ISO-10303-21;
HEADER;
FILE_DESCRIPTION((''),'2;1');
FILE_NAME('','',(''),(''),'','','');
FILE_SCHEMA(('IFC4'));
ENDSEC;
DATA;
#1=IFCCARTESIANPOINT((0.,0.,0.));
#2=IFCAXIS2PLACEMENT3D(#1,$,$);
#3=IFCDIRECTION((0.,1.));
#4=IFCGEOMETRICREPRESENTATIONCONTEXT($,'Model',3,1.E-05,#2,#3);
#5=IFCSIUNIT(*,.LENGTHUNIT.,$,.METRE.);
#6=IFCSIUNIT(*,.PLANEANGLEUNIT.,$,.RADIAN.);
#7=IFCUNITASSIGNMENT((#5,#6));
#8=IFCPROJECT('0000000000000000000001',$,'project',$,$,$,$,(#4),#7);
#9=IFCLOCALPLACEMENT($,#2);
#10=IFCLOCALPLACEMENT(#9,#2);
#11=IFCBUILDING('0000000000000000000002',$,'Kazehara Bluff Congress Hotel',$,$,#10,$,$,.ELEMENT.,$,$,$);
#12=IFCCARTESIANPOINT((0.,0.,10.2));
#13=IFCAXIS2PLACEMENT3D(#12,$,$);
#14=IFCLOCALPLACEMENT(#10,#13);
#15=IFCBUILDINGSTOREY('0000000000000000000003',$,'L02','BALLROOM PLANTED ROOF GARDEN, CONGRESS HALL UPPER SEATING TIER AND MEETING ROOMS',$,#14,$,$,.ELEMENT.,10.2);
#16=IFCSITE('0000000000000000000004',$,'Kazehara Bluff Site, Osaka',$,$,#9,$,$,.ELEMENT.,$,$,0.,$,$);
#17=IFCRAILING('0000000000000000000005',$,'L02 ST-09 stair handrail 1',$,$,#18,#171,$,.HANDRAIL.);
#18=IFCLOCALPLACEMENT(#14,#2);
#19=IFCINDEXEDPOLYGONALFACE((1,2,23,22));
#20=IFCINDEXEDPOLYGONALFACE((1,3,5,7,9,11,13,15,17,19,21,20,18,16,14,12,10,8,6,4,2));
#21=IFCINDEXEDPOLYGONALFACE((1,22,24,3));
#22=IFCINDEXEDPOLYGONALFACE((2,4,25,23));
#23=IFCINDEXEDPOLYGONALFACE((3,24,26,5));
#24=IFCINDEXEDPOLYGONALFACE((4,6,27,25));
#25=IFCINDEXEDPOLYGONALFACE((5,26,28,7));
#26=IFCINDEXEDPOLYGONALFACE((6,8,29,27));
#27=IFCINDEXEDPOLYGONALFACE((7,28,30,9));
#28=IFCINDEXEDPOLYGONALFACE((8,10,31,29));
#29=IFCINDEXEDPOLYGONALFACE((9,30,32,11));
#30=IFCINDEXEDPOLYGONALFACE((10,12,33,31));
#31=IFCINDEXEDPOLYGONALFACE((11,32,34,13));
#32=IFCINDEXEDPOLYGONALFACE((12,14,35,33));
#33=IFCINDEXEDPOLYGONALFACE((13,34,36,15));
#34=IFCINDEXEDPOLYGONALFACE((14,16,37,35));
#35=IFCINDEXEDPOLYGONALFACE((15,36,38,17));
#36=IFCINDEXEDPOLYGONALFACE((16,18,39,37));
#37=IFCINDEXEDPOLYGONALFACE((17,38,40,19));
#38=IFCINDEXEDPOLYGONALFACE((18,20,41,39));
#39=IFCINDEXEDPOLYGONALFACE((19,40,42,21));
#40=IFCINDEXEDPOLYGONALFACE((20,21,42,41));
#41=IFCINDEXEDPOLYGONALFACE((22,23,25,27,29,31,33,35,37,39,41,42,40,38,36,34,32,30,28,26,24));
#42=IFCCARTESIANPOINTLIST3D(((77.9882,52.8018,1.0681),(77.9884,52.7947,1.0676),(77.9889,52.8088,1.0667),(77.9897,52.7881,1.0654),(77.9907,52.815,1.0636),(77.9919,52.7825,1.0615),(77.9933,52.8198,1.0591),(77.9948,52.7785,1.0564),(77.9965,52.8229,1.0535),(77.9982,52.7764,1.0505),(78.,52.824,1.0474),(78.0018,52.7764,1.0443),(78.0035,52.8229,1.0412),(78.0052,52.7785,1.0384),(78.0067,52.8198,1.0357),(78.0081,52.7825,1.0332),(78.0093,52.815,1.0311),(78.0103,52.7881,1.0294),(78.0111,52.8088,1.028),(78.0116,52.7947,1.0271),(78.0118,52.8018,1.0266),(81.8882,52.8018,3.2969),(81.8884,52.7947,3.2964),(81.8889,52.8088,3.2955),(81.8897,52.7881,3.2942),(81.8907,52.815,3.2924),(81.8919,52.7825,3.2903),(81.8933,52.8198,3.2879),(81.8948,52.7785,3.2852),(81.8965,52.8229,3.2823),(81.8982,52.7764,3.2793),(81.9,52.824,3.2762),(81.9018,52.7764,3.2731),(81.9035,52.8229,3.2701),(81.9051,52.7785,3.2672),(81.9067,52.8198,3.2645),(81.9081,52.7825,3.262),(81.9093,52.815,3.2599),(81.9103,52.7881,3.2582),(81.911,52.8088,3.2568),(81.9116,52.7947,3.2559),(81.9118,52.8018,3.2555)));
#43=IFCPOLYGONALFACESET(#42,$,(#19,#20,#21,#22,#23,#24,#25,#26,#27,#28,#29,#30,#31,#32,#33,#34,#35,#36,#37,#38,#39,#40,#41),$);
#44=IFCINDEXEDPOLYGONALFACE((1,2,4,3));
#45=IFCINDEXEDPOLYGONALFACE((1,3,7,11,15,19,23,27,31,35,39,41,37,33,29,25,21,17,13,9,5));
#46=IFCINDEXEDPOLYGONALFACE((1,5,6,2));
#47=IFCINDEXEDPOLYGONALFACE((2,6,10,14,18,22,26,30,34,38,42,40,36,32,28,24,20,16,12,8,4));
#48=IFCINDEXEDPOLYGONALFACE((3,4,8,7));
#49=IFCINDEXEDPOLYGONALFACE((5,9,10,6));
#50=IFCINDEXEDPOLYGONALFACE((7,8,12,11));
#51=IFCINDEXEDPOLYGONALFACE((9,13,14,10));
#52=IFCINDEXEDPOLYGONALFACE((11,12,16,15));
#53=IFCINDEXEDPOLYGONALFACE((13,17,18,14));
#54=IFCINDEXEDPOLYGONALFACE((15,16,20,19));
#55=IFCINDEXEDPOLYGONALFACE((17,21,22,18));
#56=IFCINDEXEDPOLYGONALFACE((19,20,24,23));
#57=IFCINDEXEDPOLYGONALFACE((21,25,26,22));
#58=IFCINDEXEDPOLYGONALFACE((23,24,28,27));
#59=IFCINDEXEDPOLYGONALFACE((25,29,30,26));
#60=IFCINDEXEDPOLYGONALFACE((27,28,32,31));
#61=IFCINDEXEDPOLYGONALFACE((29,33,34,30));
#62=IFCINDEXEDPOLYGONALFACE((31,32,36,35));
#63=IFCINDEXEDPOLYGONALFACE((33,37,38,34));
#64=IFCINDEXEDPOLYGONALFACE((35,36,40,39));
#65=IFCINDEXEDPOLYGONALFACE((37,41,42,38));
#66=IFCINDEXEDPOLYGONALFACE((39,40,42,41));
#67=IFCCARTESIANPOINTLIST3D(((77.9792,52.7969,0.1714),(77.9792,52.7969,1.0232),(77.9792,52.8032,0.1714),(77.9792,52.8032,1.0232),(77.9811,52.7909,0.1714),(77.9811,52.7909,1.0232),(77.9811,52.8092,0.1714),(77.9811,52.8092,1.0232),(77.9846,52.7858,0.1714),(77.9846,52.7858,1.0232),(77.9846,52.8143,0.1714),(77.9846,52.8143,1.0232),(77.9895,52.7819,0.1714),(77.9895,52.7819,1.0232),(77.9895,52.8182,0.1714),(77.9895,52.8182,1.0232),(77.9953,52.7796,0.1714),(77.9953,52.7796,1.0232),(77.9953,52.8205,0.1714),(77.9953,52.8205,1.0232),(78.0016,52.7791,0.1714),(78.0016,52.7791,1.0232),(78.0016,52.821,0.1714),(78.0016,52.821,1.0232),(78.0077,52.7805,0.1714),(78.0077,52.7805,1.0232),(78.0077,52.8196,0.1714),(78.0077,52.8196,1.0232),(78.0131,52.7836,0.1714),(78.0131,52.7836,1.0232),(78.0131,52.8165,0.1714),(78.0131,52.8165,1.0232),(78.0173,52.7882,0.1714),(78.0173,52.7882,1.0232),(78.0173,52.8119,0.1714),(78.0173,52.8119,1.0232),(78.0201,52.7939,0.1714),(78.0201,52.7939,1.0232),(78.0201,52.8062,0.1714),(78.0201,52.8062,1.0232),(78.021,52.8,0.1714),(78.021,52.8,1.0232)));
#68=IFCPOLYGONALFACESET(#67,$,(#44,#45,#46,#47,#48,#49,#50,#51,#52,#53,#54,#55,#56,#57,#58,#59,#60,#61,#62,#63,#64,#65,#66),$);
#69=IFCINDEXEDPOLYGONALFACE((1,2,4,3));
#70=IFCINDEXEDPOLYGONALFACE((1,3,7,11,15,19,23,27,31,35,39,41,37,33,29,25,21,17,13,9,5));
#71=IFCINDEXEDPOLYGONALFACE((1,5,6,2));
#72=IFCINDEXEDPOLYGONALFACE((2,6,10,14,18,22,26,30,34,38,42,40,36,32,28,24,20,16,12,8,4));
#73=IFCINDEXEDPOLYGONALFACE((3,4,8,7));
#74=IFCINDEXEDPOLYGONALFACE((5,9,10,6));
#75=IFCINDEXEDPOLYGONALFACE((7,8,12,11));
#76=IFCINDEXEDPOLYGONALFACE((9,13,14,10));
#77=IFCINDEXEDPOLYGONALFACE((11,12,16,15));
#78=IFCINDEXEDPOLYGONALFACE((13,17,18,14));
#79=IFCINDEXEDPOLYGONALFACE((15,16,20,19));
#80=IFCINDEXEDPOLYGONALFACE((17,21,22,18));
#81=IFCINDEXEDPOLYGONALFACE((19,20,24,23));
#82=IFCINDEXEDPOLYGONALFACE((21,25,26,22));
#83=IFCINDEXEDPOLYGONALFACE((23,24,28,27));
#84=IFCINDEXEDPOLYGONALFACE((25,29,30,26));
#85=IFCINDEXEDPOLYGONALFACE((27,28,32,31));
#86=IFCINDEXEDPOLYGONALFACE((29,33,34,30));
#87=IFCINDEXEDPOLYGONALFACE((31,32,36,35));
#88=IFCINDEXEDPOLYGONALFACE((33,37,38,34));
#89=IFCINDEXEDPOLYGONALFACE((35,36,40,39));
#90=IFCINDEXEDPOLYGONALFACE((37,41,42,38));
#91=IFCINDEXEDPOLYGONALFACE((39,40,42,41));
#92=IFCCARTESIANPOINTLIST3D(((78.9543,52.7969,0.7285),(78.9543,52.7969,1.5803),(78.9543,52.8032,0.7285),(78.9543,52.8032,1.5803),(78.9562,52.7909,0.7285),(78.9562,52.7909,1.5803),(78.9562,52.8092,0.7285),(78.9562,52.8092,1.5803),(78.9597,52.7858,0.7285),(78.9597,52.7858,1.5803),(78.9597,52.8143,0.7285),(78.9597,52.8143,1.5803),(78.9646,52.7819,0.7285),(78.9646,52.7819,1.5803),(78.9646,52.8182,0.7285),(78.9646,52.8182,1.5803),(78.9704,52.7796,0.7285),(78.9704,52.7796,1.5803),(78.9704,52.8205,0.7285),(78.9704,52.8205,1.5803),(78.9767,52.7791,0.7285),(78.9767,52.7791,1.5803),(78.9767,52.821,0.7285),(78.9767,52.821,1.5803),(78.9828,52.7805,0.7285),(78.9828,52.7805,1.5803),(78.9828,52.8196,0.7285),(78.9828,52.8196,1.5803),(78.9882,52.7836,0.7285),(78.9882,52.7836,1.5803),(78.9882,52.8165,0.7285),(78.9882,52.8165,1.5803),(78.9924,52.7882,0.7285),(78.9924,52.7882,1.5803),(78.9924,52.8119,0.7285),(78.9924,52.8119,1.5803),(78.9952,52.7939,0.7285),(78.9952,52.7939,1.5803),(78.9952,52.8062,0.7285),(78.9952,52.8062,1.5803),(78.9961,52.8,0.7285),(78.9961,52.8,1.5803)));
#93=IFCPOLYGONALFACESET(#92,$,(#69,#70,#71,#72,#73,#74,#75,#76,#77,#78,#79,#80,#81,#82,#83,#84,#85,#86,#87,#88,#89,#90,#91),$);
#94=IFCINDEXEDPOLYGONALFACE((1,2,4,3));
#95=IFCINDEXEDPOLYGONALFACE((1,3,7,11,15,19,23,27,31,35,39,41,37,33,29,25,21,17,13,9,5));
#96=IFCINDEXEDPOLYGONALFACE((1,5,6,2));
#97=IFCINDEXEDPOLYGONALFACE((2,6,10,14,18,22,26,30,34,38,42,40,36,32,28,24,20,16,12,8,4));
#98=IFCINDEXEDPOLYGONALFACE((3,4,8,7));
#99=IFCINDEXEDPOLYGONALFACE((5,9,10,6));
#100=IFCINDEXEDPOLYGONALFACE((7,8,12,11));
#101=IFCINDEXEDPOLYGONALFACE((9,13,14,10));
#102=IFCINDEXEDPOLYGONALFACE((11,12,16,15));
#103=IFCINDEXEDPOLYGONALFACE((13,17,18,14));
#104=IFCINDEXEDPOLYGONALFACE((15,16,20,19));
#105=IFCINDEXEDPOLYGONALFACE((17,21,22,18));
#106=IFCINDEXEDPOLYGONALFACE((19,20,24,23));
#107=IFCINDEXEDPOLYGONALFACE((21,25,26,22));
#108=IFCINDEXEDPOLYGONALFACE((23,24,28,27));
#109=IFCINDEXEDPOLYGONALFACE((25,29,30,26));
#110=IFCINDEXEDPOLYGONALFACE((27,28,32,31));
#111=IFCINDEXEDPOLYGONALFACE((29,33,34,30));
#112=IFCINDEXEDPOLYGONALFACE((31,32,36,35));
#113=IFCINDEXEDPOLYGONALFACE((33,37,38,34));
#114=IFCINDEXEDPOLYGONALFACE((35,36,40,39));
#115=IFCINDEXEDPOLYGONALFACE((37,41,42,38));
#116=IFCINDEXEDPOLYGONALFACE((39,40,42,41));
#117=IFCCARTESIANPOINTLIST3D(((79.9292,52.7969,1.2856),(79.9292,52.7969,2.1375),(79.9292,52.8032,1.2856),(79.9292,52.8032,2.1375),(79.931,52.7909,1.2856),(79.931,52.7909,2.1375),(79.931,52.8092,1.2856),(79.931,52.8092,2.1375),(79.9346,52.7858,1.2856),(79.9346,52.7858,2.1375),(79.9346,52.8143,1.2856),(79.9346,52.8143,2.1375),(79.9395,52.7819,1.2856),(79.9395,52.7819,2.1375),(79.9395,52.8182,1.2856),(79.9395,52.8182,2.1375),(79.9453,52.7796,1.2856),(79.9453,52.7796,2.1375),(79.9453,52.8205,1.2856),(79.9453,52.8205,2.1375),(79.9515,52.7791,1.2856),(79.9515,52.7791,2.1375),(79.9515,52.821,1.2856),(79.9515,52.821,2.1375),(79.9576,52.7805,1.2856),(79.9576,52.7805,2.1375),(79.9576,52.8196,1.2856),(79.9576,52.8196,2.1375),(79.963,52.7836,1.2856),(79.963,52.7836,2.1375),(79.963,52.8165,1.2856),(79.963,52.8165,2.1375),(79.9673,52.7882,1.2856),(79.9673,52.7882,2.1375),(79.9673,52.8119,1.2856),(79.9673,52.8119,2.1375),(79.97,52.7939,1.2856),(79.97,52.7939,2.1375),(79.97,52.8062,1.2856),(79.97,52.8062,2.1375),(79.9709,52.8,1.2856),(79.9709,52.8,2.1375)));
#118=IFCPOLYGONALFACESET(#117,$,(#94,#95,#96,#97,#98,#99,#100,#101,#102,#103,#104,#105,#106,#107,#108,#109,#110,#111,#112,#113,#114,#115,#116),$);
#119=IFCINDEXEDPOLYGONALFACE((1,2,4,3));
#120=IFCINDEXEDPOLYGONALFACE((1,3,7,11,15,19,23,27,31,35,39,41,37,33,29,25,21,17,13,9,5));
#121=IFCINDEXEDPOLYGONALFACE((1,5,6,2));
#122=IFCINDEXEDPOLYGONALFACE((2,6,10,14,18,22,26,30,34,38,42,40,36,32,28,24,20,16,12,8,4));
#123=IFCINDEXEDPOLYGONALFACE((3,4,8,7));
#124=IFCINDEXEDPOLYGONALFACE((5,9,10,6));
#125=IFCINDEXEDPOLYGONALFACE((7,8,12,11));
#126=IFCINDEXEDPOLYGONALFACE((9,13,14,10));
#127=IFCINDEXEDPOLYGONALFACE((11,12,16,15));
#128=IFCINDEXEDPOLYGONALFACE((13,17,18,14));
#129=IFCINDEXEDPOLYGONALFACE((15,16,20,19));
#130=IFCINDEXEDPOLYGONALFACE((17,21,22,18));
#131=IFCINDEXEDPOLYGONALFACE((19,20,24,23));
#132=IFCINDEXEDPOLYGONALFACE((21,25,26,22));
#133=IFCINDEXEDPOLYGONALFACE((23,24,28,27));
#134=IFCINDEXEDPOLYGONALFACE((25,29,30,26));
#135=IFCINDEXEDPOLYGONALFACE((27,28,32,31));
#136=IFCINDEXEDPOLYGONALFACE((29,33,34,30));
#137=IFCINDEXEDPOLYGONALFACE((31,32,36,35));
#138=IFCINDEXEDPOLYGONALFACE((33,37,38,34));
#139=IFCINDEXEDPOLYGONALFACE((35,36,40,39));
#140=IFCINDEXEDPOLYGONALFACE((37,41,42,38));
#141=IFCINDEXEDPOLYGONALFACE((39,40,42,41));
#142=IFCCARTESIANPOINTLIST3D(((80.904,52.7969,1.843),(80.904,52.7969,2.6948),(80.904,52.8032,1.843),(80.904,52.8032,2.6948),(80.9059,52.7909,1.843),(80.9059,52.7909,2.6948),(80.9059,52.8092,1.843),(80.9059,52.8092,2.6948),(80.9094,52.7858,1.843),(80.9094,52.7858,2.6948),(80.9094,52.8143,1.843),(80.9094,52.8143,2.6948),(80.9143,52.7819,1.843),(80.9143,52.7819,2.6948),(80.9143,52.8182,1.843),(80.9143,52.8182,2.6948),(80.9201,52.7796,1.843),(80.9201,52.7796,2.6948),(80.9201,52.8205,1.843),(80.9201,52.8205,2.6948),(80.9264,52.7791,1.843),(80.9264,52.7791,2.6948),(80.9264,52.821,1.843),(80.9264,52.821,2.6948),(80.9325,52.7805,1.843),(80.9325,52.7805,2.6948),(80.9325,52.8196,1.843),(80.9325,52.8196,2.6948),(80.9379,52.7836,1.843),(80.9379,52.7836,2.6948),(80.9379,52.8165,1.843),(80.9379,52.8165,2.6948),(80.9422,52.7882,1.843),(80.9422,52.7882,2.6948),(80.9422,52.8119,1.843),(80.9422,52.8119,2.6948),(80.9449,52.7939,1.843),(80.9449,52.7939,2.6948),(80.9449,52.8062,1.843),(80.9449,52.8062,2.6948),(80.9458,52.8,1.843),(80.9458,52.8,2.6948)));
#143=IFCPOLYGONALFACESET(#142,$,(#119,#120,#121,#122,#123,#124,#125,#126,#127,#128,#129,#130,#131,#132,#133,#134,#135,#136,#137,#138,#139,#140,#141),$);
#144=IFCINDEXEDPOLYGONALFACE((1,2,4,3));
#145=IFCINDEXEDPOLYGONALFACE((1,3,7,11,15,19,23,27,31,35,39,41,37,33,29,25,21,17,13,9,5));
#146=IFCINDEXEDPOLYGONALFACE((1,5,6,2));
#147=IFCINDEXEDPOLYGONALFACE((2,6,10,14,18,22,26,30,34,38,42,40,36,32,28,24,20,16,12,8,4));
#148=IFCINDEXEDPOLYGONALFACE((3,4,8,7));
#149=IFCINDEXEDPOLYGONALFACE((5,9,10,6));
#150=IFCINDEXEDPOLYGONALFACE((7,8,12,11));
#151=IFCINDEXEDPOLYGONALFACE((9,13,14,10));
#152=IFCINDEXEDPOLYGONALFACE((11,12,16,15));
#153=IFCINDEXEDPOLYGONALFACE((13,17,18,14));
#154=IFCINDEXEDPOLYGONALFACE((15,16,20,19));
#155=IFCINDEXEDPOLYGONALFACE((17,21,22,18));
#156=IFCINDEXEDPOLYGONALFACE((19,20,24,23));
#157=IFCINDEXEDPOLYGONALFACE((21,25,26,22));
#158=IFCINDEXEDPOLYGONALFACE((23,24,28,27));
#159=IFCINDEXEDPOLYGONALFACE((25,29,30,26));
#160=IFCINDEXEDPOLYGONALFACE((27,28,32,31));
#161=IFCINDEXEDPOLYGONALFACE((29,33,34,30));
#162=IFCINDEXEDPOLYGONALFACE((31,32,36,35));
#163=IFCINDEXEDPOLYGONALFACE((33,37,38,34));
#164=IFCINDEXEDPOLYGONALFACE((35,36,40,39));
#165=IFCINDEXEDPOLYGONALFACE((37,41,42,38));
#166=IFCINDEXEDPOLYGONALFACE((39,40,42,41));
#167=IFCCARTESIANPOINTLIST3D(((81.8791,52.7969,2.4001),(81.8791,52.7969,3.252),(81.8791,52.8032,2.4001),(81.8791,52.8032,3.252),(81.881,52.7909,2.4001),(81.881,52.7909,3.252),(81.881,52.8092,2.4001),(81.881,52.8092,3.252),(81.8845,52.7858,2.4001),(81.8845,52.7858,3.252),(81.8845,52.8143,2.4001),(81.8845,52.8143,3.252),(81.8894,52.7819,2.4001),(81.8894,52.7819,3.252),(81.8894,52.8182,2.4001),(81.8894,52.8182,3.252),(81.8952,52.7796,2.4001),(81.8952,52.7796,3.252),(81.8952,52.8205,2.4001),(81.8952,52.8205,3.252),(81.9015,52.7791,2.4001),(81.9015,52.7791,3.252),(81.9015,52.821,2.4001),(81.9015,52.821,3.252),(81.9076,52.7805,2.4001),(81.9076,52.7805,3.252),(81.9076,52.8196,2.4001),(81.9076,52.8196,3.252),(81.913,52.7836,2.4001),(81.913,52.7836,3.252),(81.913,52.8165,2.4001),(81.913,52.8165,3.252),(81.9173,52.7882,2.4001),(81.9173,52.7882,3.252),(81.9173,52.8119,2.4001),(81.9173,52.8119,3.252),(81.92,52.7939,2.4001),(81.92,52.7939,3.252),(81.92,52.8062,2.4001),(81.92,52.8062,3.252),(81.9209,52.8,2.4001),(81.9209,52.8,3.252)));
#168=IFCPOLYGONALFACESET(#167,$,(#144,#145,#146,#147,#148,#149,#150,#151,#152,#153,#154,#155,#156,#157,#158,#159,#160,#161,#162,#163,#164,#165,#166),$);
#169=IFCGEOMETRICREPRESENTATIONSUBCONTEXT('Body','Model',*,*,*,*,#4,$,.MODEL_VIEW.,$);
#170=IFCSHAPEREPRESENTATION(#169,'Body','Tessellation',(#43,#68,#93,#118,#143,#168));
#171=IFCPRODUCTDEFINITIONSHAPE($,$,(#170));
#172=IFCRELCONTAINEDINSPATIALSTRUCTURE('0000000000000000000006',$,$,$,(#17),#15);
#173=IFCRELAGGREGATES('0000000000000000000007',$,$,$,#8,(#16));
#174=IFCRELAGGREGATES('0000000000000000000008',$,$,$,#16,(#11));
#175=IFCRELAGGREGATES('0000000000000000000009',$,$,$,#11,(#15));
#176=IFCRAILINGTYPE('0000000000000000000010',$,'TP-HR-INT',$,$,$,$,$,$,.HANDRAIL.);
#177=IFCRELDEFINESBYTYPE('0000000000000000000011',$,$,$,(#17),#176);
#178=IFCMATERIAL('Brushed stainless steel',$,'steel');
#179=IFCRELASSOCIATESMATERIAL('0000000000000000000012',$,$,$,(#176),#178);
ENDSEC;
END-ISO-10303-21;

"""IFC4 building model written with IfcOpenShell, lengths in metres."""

from ifc_helpers import new_model, si_unit, direction, frame, origin, origin_2d, place, context, subcontext, project, spatial, circle, extrude, material, type_object, element, save


model = new_model("IFC4")

# Units and contexts
model_context = context("Model", 3, precision=1e-05, world=origin(), true_north=direction((0.0, 1.0)))
body_context = subcontext(model_context, "Body", "Model", "MODEL_VIEW")
ifc_project = project(units=[si_unit("LENGTHUNIT", "METRE"), si_unit("PLANEANGLEUNIT", "RADIAN")], contexts=[model_context])

# Site, building, storey
site_placement = place(None, origin())
site = spatial("IfcSite", under=ifc_project, at=site_placement, Name="Kazehara Bluff Site, Osaka", CompositionType="ELEMENT", RefElevation=0.0)
building_placement = place(site_placement, origin())
building = spatial("IfcBuilding", under=site, at=building_placement, Name="Kazehara Bluff Congress Hotel", CompositionType="ELEMENT")
storey_placement = place(building_placement, frame((0.0, 0.0, 10.2)))
storey = spatial("IfcBuildingStorey", under=building, at=storey_placement, Name="L02", Description="BALLROOM PLANTED ROOF GARDEN, CONGRESS HALL UPPER SEATING TIER AND MEETING ROOMS", CompositionType="ELEMENT", Elevation=10.2)

# Railing
ifc_material_1 = material(Name="Brushed stainless steel", Category="steel")
railing_type_1 = type_object("IfcRailingType", Name="TP-HR-INT", PredefinedType="HANDRAIL", material=ifc_material_1)
railing_1_placement = place(storey_placement, frame((78.0, 52.8, 0.1714)))
element("IfcRailing", 1, at=railing_1_placement, inside=storey, type_object=railing_type_1, Name="L02 ST-09 stair handrail 1", PredefinedType="HANDRAIL", context=body_context, shape_type="SweptSolid", body=[
    extrude(circle(Radius=0.0239, at=origin_2d()), frame((0.0, 0.0, 0.876), z_axis=(0.86822, 0.0, 0.49618), x_axis=(0.0, 1.0, 0.0)), (0.0, 0.0, 1.0), 4.4919),
    extrude(circle(Radius=0.021, at=origin_2d()), origin(), (0.0, 0.0, 1.0), 0.8518),
    extrude(circle(Radius=0.021, at=origin_2d()), frame((0.9751, 0.0, 0.5571)), (0.0, 0.0, 1.0), 0.8518),
    extrude(circle(Radius=0.021, at=origin_2d()), frame((1.95, 0.0, 1.1143)), (0.0, 0.0, 1.0), 0.8518),
    extrude(circle(Radius=0.021, at=origin_2d()), frame((2.9248, 0.0, 1.6716)), (0.0, 0.0, 1.0), 0.8518),
    extrude(circle(Radius=0.021, at=origin_2d()), frame((3.8999, 0.0, 2.2288)), (0.0, 0.0, 1.0), 0.8518),
])

save(model, "model.ifc")
